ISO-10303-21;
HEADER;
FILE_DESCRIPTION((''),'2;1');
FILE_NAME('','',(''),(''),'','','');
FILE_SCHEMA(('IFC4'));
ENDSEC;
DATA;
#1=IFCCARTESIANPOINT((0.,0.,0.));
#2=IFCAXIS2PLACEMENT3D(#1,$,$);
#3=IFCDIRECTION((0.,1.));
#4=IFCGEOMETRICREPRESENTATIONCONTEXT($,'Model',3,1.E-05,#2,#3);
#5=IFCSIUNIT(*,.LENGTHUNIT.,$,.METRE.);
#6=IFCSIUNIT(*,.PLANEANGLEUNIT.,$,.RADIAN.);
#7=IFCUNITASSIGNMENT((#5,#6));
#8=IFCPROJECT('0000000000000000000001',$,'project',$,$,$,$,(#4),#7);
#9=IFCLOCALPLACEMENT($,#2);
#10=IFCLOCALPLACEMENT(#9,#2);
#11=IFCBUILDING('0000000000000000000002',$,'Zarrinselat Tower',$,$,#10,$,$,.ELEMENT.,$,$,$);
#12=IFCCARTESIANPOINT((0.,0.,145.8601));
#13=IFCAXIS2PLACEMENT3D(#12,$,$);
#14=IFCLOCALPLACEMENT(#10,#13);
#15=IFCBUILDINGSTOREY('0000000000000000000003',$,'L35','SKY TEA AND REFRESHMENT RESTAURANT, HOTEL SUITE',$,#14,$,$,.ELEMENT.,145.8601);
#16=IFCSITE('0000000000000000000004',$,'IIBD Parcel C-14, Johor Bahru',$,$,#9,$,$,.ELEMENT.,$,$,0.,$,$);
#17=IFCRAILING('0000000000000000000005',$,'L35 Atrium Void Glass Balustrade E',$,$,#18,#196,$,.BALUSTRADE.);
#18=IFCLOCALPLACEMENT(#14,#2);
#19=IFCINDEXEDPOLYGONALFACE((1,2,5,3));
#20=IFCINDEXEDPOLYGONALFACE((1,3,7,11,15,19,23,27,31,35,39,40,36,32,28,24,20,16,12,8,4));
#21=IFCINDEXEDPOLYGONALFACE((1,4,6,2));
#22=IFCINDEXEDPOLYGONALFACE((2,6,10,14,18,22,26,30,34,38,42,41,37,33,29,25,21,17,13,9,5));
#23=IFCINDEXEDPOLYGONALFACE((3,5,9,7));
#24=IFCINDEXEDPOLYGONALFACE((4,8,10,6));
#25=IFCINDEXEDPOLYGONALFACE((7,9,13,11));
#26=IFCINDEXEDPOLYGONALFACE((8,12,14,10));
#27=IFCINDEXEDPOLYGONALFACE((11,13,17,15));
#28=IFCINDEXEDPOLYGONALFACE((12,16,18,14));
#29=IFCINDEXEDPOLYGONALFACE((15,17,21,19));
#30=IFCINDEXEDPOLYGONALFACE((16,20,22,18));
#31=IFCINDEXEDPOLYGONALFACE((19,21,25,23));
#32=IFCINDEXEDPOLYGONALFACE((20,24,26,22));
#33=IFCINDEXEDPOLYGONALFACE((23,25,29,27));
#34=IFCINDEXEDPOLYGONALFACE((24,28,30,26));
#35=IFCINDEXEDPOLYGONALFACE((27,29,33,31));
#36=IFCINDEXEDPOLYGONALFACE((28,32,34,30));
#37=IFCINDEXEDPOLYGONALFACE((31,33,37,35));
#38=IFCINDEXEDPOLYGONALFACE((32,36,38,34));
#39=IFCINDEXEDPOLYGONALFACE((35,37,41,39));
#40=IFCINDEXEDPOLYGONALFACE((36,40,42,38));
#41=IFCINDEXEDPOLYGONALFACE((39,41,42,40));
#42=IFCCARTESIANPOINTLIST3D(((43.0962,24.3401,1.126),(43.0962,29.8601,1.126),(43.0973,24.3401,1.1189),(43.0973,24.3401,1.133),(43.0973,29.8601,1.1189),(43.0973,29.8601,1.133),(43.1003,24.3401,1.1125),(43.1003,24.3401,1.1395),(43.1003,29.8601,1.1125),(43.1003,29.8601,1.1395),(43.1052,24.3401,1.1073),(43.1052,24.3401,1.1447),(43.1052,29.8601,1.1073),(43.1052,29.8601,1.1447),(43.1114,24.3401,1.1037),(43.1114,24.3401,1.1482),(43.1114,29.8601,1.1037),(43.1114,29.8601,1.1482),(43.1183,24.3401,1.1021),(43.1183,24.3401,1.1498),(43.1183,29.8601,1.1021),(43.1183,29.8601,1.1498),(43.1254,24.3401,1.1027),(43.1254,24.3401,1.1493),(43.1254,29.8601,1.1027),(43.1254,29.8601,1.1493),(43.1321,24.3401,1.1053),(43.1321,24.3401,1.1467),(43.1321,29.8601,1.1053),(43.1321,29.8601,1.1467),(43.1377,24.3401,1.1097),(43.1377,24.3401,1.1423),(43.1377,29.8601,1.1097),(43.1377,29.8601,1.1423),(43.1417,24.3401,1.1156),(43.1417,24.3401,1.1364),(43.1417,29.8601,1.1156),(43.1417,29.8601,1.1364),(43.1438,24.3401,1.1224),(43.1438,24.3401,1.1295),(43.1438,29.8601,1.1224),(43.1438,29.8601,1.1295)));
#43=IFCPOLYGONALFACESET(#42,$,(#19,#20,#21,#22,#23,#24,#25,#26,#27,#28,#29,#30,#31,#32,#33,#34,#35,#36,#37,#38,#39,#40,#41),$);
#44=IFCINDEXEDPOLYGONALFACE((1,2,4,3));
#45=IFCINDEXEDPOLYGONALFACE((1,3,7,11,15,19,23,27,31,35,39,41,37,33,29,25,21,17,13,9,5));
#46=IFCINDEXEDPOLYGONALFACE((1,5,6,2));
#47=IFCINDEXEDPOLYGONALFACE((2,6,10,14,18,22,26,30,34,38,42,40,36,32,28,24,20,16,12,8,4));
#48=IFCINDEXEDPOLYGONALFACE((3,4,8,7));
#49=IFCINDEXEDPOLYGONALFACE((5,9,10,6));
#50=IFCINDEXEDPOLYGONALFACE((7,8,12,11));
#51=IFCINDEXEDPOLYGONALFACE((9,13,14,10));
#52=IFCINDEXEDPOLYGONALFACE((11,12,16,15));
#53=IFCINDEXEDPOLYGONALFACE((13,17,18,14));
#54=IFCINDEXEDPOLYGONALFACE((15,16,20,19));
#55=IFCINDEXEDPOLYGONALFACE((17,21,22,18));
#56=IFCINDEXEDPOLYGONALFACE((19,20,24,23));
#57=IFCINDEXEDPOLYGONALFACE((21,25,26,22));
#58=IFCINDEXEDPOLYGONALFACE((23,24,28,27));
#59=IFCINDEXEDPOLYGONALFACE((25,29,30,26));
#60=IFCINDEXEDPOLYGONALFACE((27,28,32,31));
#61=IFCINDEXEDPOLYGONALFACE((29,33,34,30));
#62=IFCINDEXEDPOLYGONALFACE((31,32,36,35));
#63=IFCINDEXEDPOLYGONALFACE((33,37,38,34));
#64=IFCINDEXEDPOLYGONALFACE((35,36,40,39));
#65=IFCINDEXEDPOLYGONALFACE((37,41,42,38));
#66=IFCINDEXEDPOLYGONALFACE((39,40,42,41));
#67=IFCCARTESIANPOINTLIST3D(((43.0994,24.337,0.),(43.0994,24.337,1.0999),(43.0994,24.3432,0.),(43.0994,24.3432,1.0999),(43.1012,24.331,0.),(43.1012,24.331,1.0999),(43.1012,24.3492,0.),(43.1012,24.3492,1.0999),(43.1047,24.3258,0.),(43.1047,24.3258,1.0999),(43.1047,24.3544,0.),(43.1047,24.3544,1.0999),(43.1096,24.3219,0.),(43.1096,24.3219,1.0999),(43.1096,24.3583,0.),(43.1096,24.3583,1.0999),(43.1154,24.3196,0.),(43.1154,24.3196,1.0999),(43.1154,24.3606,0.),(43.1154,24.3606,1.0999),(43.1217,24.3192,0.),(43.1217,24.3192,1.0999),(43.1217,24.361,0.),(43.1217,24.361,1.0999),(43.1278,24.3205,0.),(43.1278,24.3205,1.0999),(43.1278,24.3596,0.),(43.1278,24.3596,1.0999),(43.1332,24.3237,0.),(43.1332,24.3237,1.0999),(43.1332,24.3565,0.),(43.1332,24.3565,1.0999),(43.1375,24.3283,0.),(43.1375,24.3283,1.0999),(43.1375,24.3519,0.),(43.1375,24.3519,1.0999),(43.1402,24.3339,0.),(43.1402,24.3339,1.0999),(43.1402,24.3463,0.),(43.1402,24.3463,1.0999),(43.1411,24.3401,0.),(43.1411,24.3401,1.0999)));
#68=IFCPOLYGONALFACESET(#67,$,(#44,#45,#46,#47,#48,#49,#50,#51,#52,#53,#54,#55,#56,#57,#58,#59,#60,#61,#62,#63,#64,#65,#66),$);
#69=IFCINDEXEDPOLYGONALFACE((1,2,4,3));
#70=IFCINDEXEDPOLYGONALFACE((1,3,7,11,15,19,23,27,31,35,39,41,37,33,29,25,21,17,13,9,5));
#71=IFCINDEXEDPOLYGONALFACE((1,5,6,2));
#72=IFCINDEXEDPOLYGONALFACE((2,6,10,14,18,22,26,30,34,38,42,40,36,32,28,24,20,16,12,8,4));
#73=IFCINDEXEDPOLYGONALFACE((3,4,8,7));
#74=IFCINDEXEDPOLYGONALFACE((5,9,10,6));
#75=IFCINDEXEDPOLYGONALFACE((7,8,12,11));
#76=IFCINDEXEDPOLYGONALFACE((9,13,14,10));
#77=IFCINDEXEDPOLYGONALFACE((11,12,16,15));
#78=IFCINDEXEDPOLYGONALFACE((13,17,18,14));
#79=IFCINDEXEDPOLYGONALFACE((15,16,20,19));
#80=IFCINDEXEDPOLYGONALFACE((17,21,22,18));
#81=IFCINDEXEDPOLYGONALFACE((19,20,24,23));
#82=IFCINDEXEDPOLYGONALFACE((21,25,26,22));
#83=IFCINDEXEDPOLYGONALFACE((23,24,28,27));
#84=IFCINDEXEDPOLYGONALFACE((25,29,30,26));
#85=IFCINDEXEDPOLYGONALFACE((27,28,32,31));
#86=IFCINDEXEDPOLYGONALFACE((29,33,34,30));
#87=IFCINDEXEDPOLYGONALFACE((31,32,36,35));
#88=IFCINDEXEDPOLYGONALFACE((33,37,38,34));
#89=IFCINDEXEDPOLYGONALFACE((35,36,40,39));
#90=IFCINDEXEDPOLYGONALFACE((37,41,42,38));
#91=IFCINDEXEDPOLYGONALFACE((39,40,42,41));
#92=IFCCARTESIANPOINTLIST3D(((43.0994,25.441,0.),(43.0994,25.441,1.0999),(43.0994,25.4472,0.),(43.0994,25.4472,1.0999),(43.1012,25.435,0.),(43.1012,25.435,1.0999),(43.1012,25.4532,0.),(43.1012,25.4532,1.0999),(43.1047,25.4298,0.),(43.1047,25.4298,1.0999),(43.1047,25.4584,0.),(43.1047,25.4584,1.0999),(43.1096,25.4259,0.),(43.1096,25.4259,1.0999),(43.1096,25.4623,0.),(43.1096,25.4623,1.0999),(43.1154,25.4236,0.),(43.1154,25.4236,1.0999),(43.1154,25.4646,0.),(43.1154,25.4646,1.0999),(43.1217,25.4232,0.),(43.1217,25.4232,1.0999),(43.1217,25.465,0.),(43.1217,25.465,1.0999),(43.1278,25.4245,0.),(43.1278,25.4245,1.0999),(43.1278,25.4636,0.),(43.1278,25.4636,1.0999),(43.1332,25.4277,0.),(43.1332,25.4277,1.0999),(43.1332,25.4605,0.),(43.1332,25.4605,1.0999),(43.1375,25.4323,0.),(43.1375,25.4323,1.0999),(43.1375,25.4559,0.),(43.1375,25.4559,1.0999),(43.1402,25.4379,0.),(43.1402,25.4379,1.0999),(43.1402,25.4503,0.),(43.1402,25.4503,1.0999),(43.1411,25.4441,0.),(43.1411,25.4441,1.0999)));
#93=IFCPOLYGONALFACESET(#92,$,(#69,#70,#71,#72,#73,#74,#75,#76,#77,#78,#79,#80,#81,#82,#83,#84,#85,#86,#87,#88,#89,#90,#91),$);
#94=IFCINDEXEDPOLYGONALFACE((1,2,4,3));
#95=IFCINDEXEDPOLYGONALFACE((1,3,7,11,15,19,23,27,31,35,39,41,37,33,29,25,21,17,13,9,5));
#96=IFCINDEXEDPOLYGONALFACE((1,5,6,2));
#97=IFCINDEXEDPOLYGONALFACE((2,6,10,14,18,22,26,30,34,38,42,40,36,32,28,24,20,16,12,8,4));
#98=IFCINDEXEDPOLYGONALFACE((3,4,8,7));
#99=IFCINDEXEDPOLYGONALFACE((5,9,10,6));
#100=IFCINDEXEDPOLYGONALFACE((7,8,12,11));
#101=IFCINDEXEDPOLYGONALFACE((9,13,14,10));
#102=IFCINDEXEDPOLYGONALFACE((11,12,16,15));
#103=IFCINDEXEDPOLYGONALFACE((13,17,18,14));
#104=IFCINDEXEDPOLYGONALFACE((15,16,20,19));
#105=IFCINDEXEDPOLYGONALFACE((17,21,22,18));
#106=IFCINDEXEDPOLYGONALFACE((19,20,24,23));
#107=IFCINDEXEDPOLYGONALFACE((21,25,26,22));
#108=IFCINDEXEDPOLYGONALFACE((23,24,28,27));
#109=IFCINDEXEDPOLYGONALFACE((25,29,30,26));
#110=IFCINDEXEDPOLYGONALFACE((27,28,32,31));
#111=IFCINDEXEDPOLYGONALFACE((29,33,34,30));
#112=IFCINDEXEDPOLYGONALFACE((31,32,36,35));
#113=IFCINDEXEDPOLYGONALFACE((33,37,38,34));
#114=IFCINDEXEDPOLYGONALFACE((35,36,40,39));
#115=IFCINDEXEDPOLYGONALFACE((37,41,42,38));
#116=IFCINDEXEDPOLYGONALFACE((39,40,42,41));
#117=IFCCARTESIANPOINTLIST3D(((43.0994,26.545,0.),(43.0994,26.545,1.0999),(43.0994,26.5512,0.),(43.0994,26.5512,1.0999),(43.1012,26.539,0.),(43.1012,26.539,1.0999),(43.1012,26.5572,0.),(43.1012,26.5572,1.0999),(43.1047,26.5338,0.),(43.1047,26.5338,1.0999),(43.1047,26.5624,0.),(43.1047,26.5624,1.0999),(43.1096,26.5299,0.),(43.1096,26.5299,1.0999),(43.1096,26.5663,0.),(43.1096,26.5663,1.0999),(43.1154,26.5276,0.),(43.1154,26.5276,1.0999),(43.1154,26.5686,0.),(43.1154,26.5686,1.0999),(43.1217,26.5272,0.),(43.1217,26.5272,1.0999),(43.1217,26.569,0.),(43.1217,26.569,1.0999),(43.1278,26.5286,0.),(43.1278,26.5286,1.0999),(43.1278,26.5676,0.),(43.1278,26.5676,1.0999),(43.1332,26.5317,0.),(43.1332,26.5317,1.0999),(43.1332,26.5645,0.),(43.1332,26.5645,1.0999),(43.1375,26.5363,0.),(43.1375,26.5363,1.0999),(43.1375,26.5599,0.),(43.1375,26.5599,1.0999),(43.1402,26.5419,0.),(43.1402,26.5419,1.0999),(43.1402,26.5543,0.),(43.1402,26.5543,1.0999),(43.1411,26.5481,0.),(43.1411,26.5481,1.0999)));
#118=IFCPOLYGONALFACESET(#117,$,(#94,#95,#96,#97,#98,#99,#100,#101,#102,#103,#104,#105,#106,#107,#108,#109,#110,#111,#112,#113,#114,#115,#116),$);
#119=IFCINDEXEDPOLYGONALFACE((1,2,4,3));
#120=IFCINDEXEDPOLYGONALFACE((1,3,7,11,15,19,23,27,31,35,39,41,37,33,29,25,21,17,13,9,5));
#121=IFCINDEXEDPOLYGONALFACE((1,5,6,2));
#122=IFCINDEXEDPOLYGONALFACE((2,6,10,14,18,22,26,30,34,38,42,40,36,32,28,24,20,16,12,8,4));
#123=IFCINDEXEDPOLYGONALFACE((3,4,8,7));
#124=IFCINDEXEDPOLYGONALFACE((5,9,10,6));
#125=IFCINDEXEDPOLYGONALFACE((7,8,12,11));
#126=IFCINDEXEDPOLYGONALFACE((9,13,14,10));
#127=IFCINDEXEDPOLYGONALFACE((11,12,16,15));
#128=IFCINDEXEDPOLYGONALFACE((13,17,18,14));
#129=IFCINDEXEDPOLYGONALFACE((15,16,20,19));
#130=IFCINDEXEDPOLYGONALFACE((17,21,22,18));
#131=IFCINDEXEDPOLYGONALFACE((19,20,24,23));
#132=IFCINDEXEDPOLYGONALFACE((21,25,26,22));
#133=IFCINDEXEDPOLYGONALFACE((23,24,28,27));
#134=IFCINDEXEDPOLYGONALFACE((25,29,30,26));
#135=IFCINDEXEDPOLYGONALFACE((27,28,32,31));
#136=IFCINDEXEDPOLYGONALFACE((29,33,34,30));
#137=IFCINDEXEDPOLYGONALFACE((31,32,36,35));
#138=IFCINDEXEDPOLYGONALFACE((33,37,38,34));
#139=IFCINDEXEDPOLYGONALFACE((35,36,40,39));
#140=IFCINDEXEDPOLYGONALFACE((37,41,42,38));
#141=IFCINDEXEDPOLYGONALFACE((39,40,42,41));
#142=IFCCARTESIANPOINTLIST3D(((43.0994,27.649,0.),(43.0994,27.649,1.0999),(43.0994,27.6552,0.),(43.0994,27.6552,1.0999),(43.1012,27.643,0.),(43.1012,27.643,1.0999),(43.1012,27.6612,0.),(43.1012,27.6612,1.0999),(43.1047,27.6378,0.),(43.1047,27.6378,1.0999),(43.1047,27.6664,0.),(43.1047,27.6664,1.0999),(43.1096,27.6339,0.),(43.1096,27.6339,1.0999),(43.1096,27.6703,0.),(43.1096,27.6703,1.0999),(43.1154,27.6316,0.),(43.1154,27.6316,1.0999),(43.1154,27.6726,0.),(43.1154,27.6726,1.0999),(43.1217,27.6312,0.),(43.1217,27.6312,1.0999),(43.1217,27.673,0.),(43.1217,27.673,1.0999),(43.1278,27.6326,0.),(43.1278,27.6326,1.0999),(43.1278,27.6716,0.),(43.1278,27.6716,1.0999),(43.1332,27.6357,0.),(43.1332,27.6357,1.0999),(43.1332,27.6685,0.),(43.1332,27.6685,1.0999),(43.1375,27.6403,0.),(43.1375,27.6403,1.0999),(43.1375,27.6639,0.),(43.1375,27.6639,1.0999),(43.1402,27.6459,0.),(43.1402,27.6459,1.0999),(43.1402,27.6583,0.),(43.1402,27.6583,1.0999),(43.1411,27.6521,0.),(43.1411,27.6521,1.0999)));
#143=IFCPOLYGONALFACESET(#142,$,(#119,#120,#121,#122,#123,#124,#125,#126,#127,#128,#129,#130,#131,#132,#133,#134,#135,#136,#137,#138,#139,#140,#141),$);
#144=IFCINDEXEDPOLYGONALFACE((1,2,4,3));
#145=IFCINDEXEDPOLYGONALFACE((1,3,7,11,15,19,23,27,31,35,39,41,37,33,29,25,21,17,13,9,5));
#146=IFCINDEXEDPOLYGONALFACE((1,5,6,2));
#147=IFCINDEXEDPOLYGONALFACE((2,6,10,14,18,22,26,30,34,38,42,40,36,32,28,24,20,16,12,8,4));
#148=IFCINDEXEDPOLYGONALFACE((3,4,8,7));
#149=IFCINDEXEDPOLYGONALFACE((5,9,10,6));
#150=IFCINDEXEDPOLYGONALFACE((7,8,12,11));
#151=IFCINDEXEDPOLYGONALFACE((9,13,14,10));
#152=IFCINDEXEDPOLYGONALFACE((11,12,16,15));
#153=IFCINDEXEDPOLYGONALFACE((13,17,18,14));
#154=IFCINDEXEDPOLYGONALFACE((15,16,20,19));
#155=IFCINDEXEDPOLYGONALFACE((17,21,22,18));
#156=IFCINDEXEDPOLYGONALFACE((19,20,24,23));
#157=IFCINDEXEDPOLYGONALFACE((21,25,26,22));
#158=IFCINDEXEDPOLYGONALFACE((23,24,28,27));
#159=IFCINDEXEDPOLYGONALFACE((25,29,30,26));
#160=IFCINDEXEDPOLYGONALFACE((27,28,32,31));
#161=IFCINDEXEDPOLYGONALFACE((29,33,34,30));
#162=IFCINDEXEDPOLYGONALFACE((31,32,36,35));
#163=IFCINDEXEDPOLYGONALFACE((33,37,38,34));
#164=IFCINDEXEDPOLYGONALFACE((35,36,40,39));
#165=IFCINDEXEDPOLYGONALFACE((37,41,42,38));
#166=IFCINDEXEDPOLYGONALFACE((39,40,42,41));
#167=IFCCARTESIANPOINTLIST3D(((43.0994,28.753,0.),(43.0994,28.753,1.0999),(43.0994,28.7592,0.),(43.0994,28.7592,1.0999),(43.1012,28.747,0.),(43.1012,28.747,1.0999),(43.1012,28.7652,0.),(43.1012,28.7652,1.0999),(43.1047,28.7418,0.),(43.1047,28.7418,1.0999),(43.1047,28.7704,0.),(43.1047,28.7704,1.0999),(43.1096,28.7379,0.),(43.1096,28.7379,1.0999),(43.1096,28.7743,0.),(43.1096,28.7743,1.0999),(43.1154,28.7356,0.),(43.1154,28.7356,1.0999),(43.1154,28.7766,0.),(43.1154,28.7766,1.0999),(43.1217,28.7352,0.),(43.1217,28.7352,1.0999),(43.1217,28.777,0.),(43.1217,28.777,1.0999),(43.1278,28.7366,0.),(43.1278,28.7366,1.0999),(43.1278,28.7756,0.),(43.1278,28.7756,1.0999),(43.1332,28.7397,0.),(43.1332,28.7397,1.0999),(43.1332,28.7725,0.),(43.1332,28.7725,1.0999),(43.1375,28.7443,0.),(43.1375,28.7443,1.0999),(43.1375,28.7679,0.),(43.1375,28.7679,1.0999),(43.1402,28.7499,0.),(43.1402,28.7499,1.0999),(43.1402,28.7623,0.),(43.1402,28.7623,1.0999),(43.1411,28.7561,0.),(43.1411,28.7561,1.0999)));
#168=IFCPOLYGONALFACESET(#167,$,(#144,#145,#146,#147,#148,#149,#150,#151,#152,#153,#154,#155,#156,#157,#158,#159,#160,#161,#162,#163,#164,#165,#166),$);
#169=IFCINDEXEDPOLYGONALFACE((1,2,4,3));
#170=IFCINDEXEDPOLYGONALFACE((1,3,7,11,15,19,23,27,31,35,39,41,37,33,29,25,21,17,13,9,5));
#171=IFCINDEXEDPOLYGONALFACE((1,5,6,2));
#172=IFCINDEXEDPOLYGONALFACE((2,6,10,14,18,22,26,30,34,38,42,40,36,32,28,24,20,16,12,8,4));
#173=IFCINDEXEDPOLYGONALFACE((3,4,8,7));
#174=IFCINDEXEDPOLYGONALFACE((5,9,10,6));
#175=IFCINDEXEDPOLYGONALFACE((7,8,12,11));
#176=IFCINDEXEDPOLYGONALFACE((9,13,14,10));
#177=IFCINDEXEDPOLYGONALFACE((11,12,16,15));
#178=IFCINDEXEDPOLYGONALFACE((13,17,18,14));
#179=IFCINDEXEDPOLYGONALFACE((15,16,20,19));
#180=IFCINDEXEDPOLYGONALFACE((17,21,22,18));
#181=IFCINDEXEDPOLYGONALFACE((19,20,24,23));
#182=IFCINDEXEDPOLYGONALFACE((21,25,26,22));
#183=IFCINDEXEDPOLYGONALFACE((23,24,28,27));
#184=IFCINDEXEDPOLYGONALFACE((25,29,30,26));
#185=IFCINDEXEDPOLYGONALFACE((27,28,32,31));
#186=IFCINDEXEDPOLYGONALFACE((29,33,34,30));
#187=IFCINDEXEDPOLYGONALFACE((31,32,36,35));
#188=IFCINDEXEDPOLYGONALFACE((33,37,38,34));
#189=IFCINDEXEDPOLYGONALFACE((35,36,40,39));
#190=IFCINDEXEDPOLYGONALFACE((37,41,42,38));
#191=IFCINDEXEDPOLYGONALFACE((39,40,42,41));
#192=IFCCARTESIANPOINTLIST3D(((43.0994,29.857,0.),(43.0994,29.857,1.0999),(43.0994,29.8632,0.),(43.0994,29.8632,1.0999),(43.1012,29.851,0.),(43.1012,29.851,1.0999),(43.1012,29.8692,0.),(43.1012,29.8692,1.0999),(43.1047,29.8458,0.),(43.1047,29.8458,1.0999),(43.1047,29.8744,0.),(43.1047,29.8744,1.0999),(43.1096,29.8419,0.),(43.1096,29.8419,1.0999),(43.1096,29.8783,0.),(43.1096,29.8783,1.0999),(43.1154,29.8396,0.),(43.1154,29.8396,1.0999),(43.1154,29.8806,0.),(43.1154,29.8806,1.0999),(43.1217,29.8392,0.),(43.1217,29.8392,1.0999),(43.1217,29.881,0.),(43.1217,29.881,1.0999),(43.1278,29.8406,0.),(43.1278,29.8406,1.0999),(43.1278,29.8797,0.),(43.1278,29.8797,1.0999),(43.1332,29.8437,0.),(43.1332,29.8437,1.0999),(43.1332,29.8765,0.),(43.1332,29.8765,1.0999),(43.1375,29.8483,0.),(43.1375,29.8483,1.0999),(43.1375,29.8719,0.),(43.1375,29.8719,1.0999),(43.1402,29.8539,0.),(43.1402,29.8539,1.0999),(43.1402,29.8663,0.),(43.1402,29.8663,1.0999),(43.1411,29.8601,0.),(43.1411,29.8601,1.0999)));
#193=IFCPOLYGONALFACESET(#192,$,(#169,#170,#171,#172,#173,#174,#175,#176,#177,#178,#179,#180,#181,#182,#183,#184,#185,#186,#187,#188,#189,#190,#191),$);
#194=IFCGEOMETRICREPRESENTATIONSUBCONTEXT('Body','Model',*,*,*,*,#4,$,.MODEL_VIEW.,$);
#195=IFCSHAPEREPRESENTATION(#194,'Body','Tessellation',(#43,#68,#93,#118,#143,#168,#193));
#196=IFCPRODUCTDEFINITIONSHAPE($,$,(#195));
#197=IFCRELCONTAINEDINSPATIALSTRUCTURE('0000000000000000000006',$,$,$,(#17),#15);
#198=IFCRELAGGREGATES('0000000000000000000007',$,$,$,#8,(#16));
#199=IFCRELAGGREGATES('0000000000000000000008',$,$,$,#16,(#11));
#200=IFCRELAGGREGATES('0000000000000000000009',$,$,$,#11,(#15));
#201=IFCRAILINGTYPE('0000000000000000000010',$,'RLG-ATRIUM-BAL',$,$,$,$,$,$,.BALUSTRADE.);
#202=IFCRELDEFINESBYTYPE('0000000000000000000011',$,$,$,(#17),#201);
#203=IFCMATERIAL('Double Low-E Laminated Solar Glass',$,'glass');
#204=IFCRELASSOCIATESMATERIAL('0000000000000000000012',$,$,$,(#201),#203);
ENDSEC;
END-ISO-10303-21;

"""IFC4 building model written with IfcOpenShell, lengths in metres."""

from ifc_helpers import new_model, si_unit, direction, frame, origin, origin_2d, place, context, subcontext, project, spatial, circle, extrude, material, type_object, element, save


model = new_model("IFC4")

# Units and contexts
model_context = context("Model", 3, precision=1e-05, world=origin(), true_north=direction((0.0, 1.0)))
body_context = subcontext(model_context, "Body", "Model", "MODEL_VIEW")
ifc_project = project(units=[si_unit("LENGTHUNIT", "METRE"), si_unit("PLANEANGLEUNIT", "RADIAN")], contexts=[model_context])

# Site, building, storey
site_placement = place(None, origin())
site = spatial("IfcSite", under=ifc_project, at=site_placement, Name="IIBD Parcel C-14, Johor Bahru", CompositionType="ELEMENT", RefElevation=0.0)
building_placement = place(site_placement, origin())
building = spatial("IfcBuilding", under=site, at=building_placement, Name="Zarrinselat Tower", CompositionType="ELEMENT")
storey_placement = place(building_placement, frame((0.0, 0.0, 145.8601)))
storey = spatial("IfcBuildingStorey", under=building, at=storey_placement, Name="L35", Description="SKY TEA AND REFRESHMENT RESTAURANT, HOTEL SUITE", CompositionType="ELEMENT", Elevation=145.8601)

# Railing
ifc_material_1 = material(Name="Double Low-E Laminated Solar Glass", Category="glass")
railing_type = type_object("IfcRailingType", Name="RLG-ATRIUM-BAL", PredefinedType="BALUSTRADE", material=ifc_material_1)
railing_1_placement = place(storey_placement, frame((43.1201, 24.3401, 0.0)))
element("IfcRailing", 1, at=railing_1_placement, inside=storey, type_object=railing_type, Name="L35 Atrium Void Glass Balustrade E", PredefinedType="BALUSTRADE", context=body_context, shape_type="SweptSolid", body=[
    extrude(circle(Radius=0.0239, at=origin_2d()), frame((0.0, 0.0, 1.126), z_axis=(0.0, 1.0, 0.0), x_axis=(-1.0, 0.0, 0.0)), (0.0, 0.0, 1.0), 5.52),
    extrude(circle(Radius=0.021, at=origin_2d()), origin(), (0.0, 0.0, 1.0), 1.0999),
    extrude(circle(Radius=0.021, at=origin_2d()), frame((0.0, 1.104, 0.0)), (0.0, 0.0, 1.0), 1.0999),
    extrude(circle(Radius=0.021, at=origin_2d()), frame((0.0, 2.208, 0.0)), (0.0, 0.0, 1.0), 1.0999),
    extrude(circle(Radius=0.021, at=origin_2d()), frame((0.0, 3.312, 0.0)), (0.0, 0.0, 1.0), 1.0999),
    extrude(circle(Radius=0.021, at=origin_2d()), frame((0.0, 4.416, 0.0)), (0.0, 0.0, 1.0), 1.0999),
    extrude(circle(Radius=0.021, at=origin_2d()), frame((0.0, 5.52, 0.0)), (0.0, 0.0, 1.0), 1.0999),
])

save(model, "model.ifc")
